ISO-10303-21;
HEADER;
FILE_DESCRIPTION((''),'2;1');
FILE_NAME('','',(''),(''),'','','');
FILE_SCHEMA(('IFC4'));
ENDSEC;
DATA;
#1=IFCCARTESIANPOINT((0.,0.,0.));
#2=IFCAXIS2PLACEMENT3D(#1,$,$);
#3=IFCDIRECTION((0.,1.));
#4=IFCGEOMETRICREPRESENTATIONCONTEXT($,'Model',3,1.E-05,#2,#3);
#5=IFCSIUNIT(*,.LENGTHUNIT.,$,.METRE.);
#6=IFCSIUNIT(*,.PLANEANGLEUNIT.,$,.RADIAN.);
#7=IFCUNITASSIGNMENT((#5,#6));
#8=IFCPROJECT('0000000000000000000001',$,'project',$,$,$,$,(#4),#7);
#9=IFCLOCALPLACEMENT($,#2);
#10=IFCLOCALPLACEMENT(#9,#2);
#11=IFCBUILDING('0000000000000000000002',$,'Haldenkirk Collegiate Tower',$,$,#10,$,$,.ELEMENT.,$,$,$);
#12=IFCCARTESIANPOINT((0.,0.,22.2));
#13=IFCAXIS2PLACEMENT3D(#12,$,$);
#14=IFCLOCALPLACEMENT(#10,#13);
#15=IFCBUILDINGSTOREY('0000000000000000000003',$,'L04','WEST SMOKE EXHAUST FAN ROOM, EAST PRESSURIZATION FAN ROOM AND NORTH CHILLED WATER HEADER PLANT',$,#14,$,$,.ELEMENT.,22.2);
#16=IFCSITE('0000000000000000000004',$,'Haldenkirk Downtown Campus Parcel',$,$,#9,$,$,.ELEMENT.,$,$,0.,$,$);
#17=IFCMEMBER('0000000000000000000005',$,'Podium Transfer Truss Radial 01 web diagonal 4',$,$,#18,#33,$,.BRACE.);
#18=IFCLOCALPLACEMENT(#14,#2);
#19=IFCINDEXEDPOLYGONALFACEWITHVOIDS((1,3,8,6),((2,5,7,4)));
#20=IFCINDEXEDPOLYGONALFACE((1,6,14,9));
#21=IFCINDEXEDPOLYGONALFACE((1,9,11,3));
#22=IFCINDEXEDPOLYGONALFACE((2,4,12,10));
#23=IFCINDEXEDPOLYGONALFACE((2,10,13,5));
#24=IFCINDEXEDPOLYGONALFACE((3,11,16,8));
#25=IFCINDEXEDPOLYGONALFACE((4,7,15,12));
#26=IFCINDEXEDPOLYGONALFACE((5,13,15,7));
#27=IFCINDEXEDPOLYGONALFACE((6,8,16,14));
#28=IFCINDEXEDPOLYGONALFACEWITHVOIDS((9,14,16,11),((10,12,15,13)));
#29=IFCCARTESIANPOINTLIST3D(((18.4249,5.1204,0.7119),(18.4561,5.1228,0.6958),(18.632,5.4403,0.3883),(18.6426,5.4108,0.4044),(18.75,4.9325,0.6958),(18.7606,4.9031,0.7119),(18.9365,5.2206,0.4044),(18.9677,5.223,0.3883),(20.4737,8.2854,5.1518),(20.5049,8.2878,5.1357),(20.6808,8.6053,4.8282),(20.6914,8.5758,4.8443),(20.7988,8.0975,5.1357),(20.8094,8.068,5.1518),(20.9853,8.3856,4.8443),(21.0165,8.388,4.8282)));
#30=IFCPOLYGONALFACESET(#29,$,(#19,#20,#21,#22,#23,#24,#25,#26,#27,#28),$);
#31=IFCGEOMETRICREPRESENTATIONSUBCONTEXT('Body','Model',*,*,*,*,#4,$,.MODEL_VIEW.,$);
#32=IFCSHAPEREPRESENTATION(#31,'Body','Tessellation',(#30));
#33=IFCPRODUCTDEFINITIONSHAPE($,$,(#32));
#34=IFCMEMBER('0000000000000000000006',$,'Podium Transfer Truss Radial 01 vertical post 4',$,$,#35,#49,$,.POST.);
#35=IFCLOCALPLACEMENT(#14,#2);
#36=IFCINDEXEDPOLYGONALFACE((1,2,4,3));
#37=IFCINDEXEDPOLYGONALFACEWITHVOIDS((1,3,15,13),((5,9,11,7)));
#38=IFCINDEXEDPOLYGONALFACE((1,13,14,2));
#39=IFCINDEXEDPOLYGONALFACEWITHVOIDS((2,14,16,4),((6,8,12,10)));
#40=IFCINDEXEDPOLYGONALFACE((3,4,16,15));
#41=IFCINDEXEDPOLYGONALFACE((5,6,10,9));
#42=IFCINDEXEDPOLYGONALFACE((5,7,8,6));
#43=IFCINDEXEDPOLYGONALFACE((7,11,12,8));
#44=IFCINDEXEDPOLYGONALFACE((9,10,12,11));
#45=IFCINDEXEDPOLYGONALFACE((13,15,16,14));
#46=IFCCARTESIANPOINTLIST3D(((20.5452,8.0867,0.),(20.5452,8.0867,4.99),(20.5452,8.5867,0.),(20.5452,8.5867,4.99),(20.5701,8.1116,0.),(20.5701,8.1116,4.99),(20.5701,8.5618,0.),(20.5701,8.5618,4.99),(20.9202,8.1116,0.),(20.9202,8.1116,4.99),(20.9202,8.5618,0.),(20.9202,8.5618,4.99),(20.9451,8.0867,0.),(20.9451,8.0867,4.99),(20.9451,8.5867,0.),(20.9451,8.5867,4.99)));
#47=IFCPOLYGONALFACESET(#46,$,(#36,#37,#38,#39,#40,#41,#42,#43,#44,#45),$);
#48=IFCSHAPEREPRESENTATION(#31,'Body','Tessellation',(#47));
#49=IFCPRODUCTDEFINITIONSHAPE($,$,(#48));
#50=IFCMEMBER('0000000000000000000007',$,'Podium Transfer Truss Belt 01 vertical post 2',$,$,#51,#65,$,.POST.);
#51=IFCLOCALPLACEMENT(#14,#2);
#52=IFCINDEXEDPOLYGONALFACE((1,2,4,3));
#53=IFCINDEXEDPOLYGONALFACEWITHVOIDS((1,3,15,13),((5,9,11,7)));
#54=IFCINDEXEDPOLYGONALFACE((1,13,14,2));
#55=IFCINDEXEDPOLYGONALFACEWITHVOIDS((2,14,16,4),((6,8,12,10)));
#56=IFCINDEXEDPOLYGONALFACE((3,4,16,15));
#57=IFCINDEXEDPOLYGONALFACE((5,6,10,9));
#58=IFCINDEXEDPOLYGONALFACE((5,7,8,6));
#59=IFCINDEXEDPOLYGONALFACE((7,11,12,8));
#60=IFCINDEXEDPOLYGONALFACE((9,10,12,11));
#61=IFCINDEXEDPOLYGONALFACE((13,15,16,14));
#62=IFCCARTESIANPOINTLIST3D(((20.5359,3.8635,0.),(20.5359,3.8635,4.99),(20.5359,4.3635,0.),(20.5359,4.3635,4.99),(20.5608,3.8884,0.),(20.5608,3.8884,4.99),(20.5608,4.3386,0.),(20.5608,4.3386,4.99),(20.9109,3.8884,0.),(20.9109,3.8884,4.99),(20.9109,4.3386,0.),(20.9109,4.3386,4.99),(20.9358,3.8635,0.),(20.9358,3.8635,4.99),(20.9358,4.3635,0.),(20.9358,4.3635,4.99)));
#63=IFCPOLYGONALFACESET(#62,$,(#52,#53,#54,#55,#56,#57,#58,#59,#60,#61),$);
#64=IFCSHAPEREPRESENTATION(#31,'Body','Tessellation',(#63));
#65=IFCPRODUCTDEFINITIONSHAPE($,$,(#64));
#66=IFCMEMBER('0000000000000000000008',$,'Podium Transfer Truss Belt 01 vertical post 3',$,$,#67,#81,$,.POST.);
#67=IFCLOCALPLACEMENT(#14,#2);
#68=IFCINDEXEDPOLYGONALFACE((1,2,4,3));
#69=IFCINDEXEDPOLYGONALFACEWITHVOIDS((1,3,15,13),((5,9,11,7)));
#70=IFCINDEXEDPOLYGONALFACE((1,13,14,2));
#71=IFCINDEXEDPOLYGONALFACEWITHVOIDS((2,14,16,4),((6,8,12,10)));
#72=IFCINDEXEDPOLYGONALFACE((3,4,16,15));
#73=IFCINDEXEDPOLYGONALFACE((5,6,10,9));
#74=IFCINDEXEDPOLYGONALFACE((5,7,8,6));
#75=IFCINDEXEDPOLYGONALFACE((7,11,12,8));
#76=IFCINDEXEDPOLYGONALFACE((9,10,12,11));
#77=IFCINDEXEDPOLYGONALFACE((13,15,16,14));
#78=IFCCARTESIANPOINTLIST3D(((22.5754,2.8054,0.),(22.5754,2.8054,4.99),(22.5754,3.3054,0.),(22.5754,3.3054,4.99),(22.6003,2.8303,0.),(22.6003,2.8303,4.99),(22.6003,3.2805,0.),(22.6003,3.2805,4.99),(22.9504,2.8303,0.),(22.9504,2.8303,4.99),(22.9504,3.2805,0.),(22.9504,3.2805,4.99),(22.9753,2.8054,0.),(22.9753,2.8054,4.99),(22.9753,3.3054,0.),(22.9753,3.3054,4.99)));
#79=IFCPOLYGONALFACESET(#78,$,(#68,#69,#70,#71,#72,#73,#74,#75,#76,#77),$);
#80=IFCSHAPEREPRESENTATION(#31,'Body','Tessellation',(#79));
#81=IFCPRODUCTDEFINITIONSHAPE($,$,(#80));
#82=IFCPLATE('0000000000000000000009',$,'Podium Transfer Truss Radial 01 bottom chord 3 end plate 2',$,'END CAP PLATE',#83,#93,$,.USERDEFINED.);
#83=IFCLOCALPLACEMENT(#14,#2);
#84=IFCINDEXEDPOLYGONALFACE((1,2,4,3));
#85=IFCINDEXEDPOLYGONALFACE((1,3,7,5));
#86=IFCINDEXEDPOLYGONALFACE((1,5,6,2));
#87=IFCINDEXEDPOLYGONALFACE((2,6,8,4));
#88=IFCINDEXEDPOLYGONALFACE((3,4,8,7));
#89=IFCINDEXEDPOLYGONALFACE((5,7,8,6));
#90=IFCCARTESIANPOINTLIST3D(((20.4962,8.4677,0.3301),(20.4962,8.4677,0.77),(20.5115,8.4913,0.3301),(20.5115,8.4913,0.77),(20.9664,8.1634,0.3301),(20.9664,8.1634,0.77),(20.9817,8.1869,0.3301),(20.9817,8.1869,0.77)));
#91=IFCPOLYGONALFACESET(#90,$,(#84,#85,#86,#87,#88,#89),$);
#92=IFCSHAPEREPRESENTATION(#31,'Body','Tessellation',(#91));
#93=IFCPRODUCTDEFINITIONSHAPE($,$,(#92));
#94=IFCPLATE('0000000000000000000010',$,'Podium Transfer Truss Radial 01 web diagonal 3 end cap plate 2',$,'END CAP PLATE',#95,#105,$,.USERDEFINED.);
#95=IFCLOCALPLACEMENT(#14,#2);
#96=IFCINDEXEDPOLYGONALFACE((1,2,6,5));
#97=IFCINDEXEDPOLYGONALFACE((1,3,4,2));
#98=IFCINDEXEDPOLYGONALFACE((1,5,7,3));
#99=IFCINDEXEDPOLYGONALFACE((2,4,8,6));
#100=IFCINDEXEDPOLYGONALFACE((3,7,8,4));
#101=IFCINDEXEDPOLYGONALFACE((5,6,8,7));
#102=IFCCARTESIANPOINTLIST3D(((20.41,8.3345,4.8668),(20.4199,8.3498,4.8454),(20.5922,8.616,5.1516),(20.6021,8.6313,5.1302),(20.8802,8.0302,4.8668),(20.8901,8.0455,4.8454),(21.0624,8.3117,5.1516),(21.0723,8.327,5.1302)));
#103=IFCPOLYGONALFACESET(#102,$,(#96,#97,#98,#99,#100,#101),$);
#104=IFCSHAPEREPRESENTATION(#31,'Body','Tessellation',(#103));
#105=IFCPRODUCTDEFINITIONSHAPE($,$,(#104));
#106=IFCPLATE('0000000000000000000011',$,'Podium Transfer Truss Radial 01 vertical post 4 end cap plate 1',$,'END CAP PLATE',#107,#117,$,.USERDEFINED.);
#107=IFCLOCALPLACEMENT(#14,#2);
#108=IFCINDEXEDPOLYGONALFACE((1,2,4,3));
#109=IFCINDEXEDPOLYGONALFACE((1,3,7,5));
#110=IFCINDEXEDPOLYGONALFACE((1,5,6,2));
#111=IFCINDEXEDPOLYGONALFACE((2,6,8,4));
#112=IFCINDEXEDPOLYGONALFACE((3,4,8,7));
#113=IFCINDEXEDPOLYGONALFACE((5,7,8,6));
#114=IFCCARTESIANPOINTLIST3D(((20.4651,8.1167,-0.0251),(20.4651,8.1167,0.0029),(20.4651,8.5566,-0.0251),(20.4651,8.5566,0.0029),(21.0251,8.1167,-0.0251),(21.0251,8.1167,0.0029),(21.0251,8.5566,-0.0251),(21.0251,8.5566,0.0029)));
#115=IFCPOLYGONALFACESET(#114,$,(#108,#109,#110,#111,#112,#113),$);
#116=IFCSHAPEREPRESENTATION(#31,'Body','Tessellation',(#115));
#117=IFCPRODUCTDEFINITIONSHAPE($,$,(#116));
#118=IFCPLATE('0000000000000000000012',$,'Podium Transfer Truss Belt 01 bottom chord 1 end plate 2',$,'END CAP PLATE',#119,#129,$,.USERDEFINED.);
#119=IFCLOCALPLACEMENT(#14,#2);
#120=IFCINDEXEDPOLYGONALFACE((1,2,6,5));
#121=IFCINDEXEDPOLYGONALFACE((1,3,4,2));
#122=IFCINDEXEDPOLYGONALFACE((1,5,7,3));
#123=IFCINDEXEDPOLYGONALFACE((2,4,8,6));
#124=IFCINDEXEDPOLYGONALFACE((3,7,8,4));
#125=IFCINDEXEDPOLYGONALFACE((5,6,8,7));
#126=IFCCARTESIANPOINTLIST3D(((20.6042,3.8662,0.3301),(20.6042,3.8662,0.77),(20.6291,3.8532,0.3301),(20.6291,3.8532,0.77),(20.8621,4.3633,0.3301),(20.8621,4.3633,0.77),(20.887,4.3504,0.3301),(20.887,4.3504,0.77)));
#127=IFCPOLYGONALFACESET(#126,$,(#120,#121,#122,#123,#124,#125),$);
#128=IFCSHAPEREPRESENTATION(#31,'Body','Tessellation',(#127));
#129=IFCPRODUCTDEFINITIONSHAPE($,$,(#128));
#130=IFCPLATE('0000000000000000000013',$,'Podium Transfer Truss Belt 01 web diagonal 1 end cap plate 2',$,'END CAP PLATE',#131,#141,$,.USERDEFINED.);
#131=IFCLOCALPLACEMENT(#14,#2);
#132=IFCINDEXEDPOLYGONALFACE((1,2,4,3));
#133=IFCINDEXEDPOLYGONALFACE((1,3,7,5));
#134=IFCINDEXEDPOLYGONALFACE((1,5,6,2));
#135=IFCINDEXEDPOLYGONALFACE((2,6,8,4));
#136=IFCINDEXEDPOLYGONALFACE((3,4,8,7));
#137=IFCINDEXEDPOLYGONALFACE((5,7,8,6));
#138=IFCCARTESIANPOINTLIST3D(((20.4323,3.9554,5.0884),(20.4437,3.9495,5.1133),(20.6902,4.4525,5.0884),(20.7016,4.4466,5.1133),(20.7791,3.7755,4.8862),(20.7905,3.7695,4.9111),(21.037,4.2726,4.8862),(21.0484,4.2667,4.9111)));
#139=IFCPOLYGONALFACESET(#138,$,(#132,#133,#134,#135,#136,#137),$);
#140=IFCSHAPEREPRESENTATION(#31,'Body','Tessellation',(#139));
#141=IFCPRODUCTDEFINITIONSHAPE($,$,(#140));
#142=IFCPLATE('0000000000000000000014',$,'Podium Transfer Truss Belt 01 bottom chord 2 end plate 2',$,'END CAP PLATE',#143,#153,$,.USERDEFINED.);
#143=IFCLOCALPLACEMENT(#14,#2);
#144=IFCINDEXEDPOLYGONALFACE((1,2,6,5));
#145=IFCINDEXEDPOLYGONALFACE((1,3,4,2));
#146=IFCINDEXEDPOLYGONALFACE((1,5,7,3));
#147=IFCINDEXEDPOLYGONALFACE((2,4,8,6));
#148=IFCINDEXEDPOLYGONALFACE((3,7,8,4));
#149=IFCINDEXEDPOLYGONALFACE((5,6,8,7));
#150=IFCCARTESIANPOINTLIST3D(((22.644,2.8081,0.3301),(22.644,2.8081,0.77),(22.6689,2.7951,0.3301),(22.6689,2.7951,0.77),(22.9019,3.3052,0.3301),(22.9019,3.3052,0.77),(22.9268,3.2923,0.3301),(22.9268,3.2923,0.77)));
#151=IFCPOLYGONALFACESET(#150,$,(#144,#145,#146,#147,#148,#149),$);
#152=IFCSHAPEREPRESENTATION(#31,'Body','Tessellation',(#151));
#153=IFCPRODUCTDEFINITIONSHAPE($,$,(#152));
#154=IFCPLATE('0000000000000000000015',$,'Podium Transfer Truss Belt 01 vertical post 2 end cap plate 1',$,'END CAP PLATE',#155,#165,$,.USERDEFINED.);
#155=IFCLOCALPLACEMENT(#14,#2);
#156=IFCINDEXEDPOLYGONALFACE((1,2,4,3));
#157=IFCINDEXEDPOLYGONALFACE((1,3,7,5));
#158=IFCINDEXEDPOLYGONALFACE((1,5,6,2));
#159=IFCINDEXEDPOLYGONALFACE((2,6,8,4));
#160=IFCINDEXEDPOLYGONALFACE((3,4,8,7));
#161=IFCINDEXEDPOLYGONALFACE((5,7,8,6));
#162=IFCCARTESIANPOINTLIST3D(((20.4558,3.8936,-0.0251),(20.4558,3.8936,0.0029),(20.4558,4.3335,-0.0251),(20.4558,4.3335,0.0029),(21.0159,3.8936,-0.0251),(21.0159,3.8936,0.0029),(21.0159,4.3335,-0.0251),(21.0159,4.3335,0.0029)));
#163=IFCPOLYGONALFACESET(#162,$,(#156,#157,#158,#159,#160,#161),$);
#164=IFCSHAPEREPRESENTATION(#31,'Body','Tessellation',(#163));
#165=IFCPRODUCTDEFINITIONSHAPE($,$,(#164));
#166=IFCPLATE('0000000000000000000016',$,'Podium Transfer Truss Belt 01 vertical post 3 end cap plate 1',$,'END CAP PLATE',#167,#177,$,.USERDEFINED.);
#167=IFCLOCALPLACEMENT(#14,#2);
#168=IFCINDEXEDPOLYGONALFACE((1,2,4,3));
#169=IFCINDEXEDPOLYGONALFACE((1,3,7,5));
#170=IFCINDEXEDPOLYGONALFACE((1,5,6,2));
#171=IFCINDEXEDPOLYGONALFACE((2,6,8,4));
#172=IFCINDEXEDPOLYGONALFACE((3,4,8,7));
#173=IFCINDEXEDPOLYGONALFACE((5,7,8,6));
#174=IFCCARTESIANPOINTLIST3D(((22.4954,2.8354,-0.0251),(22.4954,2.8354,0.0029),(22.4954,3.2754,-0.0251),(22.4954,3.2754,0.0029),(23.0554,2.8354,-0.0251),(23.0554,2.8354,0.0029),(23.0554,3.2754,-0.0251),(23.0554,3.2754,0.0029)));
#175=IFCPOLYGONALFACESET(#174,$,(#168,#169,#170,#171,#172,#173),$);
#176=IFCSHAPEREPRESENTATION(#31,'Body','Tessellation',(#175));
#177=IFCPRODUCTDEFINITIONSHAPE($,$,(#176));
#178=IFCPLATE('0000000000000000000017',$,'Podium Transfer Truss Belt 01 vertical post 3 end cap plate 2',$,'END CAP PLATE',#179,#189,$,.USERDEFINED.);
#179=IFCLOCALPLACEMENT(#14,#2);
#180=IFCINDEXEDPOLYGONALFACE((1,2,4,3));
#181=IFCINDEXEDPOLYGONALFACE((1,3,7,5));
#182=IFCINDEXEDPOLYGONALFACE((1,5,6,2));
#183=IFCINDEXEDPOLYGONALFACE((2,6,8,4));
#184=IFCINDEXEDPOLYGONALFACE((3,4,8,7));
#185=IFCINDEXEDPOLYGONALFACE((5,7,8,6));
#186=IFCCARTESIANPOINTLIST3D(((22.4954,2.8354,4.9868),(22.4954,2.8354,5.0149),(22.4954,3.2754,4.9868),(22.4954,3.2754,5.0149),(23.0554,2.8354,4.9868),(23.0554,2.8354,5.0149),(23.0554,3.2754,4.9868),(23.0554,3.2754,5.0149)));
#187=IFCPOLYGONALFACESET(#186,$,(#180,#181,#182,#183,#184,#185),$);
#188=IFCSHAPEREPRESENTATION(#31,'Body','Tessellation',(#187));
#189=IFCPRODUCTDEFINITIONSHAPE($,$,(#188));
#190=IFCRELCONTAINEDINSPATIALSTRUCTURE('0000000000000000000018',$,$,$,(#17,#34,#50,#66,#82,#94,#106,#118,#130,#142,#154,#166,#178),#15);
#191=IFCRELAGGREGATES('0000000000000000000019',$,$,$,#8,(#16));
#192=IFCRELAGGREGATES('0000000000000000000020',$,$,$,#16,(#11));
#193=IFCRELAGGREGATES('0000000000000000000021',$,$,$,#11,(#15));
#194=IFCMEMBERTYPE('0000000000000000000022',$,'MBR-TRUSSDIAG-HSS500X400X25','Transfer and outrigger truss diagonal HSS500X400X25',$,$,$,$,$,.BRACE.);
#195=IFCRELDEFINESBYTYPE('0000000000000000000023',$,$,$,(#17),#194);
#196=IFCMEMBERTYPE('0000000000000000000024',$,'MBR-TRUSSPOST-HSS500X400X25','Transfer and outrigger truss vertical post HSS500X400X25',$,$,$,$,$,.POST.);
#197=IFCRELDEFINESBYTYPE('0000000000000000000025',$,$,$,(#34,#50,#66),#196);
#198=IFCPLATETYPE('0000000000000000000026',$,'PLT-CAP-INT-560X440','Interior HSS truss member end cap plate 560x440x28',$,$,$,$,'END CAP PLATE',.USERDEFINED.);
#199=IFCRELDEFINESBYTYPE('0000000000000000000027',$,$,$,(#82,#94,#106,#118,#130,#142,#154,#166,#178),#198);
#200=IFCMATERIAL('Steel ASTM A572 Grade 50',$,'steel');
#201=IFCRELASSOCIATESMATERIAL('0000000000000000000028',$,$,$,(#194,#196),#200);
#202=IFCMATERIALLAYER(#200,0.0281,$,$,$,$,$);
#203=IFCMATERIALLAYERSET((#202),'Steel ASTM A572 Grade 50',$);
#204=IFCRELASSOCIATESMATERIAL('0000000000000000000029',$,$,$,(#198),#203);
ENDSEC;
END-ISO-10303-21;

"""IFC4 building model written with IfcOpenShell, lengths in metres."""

from ifc_helpers import new_model, si_unit, direction, frame, origin, origin_2d, place, context, subcontext, project, spatial, rectangle, hollow_rectangle, extrude, source, transform, mapped, material, layer, layer_set, material_profile, profile_set, type_object, element, save


model = new_model("IFC4")

# Units and contexts
model_context = context("Model", 3, precision=1e-05, world=origin(), true_north=direction((0.0, 1.0)))
body_context = subcontext(model_context, "Body", "Model", "MODEL_VIEW")
ifc_project = project(units=[si_unit("LENGTHUNIT", "METRE"), si_unit("PLANEANGLEUNIT", "RADIAN")], contexts=[model_context])

# Site, building, storey
site_placement = place(None, origin())
site = spatial("IfcSite", under=ifc_project, at=site_placement, Name="Haldenkirk Downtown Campus Parcel", CompositionType="ELEMENT", RefElevation=0.0)
building_placement = place(site_placement, origin())
building = spatial("IfcBuilding", under=site, at=building_placement, Name="Haldenkirk Collegiate Tower", CompositionType="ELEMENT")
storey_placement = place(building_placement, frame((0.0, 0.0, 22.2)))
storey = spatial("IfcBuildingStorey", under=building, at=storey_placement, Name="L04", Description="WEST SMOKE EXHAUST FAN ROOM, EAST PRESSURIZATION FAN ROOM AND NORTH CHILLED WATER HEADER PLANT", CompositionType="ELEMENT", Elevation=22.2)

# Members
ifc_material_1 = material(Name="Steel ASTM A572 Grade 50", Category="steel")
ifc_material_profile_1 = material_profile(ifc_material_1, hollow_rectangle(XDim=0.3999, YDim=0.5, WallThickness=0.0249, at=origin_2d()), Name="HSS500X400X25")
ifc_profile_set_1 = profile_set([ifc_material_profile_1], Name="Steel ASTM A572 Grade 50")
member_type_1 = type_object("IfcMemberType", Name="MBR-TRUSSDIAG-HSS500X400X25", Description="Transfer and outrigger truss diagonal HSS500X400X25", PredefinedType="BRACE", material=ifc_profile_set_1)
member_1_placement = place(storey_placement, frame((20.7451, 8.3367, 4.99), z_axis=(-0.351742, -0.543373, -0.762248), x_axis=(0.839466, -0.543412, 0.0)))
element("IfcMember", 1, at=member_1_placement, inside=storey, type_object=member_type_1, Name="Podium Transfer Truss Radial 01 web diagonal 4", PredefinedType="BRACE", context=body_context, shape_type="SweptSolid", body=[
    extrude(hollow_rectangle(XDim=0.3999, YDim=0.5, WallThickness=0.0249, at=origin_2d()), origin(), (0.0, 0.0, 1.0), 5.8247),
])
ifc_material_profile_2 = material_profile(ifc_material_1, hollow_rectangle(XDim=0.3999, YDim=0.5, WallThickness=0.0249, at=origin_2d()), Name="HSS500X400X25")
ifc_profile_set_2 = profile_set([ifc_material_profile_2], Name="Steel ASTM A572 Grade 50")
member_type_2 = type_object("IfcMemberType", Name="MBR-TRUSSPOST-HSS500X400X25", Description="Transfer and outrigger truss vertical post HSS500X400X25", PredefinedType="POST", material=ifc_profile_set_2)
for number, where, z_axis, x_axis, name in (
    (2, (20.7451, 8.3367, 0.0), (0.0, 0.0, 1.0), (1.0, 0.0, 0.0), "Podium Transfer Truss Radial 01 vertical post 4"),
    (3, (20.7358, 4.1135, 0.0), (0.0, 0.0, 1.0), (1.0, 0.0, 0.0), "Podium Transfer Truss Belt 01 vertical post 2"),
    (4, (22.7754, 3.0554, 0.0), (0.0, 0.0, 1.0), (1.0, 0.0, 0.0), "Podium Transfer Truss Belt 01 vertical post 3"),
):
    element("IfcMember", number, at=place(storey_placement, frame(where, z_axis=z_axis, x_axis=x_axis)), inside=storey, type_object=member_type_2, Name=name, PredefinedType="POST", context=body_context, shape_type="SweptSolid", body=[
        extrude(hollow_rectangle(XDim=0.3999, YDim=0.5, WallThickness=0.0249, at=origin_2d()), origin(), (0.0, 0.0, 1.0), 4.99),
    ])

# Plates
ifc_layer = layer(ifc_material_1, 0.0281)
ifc_layer_set = layer_set([ifc_layer], Name="Steel ASTM A572 Grade 50")
plate_type = type_object("IfcPlateType", Name="PLT-CAP-INT-560X440", Description="Interior HSS truss member end cap plate 560x440x28", ElementType="END CAP PLATE", PredefinedType="USERDEFINED", material=ifc_layer_set)
shared_shape = source(origin(), body_context, "Body", "SweptSolid", [
    extrude(rectangle(XDim=0.5601, YDim=0.4399, at=origin_2d()), origin(), (0.0, 0.0, 1.0), 0.0281),
])
for number, where, z_axis, x_axis, name in (
    (5, (20.7466, 8.3391, 0.55), (-0.543392, -0.839479, 0.0), (0.839479, -0.543392, 0.0), "Podium Transfer Truss Radial 01 bottom chord 3 end plate 2"),
    (6, (20.7461, 8.3384, 4.9878), (-0.35173, -0.54339, 0.762242), (0.839482, -0.543388, 0.0), "Podium Transfer Truss Radial 01 web diagonal 3 end cap plate 2"),
    (7, (20.7451, 8.3367, 0.0029), (0.0, 0.0, -1.0), (1.0, 0.0, 0.0), "Podium Transfer Truss Radial 01 vertical post 4 end cap plate 1"),
    (8, (20.7332, 4.1147, 0.55), (0.887657, -0.460504, 0.0), (0.460504, 0.887657, 0.0), "Podium Transfer Truss Belt 01 bottom chord 1 end plate 2"),
    (9, (20.7346, 4.114, 4.9873), (0.407976, -0.211649, 0.888122), (0.460499, 0.88766, 0.0), "Podium Transfer Truss Belt 01 web diagonal 1 end cap plate 2"),
    (10, (22.7729, 3.0566, 0.55), (0.887657, -0.460504, 0.0), (0.460504, 0.887657, 0.0), "Podium Transfer Truss Belt 01 bottom chord 2 end plate 2"),
    (11, (20.7358, 4.1135, 0.0029), (0.0, 0.0, -1.0), (1.0, 0.0, 0.0), "Podium Transfer Truss Belt 01 vertical post 2 end cap plate 1"),
    (12, (22.7754, 3.0554, 0.0029), (0.0, 0.0, -1.0), (1.0, 0.0, 0.0), "Podium Transfer Truss Belt 01 vertical post 3 end cap plate 1"),
    (13, (22.7754, 3.0554, 4.9868), (0.0, 0.0, 1.0), (1.0, 0.0, 0.0), "Podium Transfer Truss Belt 01 vertical post 3 end cap plate 2"),
):
    element("IfcPlate", number, at=place(storey_placement, frame(where, z_axis=z_axis, x_axis=x_axis)), inside=storey, type_object=plate_type, Name=name, ObjectType="END CAP PLATE", PredefinedType="USERDEFINED", context=body_context, shape_type="MappedRepresentation", body=[
        mapped(shared_shape, transform((0.0, 0.0, 0.0), x_axis=(1.0, 0.0, 0.0), y_axis=(0.0, 1.0, 0.0), z_axis=(0.0, 0.0, 1.0), scale=1.0)),
    ])

save(model, "model.ifc")
